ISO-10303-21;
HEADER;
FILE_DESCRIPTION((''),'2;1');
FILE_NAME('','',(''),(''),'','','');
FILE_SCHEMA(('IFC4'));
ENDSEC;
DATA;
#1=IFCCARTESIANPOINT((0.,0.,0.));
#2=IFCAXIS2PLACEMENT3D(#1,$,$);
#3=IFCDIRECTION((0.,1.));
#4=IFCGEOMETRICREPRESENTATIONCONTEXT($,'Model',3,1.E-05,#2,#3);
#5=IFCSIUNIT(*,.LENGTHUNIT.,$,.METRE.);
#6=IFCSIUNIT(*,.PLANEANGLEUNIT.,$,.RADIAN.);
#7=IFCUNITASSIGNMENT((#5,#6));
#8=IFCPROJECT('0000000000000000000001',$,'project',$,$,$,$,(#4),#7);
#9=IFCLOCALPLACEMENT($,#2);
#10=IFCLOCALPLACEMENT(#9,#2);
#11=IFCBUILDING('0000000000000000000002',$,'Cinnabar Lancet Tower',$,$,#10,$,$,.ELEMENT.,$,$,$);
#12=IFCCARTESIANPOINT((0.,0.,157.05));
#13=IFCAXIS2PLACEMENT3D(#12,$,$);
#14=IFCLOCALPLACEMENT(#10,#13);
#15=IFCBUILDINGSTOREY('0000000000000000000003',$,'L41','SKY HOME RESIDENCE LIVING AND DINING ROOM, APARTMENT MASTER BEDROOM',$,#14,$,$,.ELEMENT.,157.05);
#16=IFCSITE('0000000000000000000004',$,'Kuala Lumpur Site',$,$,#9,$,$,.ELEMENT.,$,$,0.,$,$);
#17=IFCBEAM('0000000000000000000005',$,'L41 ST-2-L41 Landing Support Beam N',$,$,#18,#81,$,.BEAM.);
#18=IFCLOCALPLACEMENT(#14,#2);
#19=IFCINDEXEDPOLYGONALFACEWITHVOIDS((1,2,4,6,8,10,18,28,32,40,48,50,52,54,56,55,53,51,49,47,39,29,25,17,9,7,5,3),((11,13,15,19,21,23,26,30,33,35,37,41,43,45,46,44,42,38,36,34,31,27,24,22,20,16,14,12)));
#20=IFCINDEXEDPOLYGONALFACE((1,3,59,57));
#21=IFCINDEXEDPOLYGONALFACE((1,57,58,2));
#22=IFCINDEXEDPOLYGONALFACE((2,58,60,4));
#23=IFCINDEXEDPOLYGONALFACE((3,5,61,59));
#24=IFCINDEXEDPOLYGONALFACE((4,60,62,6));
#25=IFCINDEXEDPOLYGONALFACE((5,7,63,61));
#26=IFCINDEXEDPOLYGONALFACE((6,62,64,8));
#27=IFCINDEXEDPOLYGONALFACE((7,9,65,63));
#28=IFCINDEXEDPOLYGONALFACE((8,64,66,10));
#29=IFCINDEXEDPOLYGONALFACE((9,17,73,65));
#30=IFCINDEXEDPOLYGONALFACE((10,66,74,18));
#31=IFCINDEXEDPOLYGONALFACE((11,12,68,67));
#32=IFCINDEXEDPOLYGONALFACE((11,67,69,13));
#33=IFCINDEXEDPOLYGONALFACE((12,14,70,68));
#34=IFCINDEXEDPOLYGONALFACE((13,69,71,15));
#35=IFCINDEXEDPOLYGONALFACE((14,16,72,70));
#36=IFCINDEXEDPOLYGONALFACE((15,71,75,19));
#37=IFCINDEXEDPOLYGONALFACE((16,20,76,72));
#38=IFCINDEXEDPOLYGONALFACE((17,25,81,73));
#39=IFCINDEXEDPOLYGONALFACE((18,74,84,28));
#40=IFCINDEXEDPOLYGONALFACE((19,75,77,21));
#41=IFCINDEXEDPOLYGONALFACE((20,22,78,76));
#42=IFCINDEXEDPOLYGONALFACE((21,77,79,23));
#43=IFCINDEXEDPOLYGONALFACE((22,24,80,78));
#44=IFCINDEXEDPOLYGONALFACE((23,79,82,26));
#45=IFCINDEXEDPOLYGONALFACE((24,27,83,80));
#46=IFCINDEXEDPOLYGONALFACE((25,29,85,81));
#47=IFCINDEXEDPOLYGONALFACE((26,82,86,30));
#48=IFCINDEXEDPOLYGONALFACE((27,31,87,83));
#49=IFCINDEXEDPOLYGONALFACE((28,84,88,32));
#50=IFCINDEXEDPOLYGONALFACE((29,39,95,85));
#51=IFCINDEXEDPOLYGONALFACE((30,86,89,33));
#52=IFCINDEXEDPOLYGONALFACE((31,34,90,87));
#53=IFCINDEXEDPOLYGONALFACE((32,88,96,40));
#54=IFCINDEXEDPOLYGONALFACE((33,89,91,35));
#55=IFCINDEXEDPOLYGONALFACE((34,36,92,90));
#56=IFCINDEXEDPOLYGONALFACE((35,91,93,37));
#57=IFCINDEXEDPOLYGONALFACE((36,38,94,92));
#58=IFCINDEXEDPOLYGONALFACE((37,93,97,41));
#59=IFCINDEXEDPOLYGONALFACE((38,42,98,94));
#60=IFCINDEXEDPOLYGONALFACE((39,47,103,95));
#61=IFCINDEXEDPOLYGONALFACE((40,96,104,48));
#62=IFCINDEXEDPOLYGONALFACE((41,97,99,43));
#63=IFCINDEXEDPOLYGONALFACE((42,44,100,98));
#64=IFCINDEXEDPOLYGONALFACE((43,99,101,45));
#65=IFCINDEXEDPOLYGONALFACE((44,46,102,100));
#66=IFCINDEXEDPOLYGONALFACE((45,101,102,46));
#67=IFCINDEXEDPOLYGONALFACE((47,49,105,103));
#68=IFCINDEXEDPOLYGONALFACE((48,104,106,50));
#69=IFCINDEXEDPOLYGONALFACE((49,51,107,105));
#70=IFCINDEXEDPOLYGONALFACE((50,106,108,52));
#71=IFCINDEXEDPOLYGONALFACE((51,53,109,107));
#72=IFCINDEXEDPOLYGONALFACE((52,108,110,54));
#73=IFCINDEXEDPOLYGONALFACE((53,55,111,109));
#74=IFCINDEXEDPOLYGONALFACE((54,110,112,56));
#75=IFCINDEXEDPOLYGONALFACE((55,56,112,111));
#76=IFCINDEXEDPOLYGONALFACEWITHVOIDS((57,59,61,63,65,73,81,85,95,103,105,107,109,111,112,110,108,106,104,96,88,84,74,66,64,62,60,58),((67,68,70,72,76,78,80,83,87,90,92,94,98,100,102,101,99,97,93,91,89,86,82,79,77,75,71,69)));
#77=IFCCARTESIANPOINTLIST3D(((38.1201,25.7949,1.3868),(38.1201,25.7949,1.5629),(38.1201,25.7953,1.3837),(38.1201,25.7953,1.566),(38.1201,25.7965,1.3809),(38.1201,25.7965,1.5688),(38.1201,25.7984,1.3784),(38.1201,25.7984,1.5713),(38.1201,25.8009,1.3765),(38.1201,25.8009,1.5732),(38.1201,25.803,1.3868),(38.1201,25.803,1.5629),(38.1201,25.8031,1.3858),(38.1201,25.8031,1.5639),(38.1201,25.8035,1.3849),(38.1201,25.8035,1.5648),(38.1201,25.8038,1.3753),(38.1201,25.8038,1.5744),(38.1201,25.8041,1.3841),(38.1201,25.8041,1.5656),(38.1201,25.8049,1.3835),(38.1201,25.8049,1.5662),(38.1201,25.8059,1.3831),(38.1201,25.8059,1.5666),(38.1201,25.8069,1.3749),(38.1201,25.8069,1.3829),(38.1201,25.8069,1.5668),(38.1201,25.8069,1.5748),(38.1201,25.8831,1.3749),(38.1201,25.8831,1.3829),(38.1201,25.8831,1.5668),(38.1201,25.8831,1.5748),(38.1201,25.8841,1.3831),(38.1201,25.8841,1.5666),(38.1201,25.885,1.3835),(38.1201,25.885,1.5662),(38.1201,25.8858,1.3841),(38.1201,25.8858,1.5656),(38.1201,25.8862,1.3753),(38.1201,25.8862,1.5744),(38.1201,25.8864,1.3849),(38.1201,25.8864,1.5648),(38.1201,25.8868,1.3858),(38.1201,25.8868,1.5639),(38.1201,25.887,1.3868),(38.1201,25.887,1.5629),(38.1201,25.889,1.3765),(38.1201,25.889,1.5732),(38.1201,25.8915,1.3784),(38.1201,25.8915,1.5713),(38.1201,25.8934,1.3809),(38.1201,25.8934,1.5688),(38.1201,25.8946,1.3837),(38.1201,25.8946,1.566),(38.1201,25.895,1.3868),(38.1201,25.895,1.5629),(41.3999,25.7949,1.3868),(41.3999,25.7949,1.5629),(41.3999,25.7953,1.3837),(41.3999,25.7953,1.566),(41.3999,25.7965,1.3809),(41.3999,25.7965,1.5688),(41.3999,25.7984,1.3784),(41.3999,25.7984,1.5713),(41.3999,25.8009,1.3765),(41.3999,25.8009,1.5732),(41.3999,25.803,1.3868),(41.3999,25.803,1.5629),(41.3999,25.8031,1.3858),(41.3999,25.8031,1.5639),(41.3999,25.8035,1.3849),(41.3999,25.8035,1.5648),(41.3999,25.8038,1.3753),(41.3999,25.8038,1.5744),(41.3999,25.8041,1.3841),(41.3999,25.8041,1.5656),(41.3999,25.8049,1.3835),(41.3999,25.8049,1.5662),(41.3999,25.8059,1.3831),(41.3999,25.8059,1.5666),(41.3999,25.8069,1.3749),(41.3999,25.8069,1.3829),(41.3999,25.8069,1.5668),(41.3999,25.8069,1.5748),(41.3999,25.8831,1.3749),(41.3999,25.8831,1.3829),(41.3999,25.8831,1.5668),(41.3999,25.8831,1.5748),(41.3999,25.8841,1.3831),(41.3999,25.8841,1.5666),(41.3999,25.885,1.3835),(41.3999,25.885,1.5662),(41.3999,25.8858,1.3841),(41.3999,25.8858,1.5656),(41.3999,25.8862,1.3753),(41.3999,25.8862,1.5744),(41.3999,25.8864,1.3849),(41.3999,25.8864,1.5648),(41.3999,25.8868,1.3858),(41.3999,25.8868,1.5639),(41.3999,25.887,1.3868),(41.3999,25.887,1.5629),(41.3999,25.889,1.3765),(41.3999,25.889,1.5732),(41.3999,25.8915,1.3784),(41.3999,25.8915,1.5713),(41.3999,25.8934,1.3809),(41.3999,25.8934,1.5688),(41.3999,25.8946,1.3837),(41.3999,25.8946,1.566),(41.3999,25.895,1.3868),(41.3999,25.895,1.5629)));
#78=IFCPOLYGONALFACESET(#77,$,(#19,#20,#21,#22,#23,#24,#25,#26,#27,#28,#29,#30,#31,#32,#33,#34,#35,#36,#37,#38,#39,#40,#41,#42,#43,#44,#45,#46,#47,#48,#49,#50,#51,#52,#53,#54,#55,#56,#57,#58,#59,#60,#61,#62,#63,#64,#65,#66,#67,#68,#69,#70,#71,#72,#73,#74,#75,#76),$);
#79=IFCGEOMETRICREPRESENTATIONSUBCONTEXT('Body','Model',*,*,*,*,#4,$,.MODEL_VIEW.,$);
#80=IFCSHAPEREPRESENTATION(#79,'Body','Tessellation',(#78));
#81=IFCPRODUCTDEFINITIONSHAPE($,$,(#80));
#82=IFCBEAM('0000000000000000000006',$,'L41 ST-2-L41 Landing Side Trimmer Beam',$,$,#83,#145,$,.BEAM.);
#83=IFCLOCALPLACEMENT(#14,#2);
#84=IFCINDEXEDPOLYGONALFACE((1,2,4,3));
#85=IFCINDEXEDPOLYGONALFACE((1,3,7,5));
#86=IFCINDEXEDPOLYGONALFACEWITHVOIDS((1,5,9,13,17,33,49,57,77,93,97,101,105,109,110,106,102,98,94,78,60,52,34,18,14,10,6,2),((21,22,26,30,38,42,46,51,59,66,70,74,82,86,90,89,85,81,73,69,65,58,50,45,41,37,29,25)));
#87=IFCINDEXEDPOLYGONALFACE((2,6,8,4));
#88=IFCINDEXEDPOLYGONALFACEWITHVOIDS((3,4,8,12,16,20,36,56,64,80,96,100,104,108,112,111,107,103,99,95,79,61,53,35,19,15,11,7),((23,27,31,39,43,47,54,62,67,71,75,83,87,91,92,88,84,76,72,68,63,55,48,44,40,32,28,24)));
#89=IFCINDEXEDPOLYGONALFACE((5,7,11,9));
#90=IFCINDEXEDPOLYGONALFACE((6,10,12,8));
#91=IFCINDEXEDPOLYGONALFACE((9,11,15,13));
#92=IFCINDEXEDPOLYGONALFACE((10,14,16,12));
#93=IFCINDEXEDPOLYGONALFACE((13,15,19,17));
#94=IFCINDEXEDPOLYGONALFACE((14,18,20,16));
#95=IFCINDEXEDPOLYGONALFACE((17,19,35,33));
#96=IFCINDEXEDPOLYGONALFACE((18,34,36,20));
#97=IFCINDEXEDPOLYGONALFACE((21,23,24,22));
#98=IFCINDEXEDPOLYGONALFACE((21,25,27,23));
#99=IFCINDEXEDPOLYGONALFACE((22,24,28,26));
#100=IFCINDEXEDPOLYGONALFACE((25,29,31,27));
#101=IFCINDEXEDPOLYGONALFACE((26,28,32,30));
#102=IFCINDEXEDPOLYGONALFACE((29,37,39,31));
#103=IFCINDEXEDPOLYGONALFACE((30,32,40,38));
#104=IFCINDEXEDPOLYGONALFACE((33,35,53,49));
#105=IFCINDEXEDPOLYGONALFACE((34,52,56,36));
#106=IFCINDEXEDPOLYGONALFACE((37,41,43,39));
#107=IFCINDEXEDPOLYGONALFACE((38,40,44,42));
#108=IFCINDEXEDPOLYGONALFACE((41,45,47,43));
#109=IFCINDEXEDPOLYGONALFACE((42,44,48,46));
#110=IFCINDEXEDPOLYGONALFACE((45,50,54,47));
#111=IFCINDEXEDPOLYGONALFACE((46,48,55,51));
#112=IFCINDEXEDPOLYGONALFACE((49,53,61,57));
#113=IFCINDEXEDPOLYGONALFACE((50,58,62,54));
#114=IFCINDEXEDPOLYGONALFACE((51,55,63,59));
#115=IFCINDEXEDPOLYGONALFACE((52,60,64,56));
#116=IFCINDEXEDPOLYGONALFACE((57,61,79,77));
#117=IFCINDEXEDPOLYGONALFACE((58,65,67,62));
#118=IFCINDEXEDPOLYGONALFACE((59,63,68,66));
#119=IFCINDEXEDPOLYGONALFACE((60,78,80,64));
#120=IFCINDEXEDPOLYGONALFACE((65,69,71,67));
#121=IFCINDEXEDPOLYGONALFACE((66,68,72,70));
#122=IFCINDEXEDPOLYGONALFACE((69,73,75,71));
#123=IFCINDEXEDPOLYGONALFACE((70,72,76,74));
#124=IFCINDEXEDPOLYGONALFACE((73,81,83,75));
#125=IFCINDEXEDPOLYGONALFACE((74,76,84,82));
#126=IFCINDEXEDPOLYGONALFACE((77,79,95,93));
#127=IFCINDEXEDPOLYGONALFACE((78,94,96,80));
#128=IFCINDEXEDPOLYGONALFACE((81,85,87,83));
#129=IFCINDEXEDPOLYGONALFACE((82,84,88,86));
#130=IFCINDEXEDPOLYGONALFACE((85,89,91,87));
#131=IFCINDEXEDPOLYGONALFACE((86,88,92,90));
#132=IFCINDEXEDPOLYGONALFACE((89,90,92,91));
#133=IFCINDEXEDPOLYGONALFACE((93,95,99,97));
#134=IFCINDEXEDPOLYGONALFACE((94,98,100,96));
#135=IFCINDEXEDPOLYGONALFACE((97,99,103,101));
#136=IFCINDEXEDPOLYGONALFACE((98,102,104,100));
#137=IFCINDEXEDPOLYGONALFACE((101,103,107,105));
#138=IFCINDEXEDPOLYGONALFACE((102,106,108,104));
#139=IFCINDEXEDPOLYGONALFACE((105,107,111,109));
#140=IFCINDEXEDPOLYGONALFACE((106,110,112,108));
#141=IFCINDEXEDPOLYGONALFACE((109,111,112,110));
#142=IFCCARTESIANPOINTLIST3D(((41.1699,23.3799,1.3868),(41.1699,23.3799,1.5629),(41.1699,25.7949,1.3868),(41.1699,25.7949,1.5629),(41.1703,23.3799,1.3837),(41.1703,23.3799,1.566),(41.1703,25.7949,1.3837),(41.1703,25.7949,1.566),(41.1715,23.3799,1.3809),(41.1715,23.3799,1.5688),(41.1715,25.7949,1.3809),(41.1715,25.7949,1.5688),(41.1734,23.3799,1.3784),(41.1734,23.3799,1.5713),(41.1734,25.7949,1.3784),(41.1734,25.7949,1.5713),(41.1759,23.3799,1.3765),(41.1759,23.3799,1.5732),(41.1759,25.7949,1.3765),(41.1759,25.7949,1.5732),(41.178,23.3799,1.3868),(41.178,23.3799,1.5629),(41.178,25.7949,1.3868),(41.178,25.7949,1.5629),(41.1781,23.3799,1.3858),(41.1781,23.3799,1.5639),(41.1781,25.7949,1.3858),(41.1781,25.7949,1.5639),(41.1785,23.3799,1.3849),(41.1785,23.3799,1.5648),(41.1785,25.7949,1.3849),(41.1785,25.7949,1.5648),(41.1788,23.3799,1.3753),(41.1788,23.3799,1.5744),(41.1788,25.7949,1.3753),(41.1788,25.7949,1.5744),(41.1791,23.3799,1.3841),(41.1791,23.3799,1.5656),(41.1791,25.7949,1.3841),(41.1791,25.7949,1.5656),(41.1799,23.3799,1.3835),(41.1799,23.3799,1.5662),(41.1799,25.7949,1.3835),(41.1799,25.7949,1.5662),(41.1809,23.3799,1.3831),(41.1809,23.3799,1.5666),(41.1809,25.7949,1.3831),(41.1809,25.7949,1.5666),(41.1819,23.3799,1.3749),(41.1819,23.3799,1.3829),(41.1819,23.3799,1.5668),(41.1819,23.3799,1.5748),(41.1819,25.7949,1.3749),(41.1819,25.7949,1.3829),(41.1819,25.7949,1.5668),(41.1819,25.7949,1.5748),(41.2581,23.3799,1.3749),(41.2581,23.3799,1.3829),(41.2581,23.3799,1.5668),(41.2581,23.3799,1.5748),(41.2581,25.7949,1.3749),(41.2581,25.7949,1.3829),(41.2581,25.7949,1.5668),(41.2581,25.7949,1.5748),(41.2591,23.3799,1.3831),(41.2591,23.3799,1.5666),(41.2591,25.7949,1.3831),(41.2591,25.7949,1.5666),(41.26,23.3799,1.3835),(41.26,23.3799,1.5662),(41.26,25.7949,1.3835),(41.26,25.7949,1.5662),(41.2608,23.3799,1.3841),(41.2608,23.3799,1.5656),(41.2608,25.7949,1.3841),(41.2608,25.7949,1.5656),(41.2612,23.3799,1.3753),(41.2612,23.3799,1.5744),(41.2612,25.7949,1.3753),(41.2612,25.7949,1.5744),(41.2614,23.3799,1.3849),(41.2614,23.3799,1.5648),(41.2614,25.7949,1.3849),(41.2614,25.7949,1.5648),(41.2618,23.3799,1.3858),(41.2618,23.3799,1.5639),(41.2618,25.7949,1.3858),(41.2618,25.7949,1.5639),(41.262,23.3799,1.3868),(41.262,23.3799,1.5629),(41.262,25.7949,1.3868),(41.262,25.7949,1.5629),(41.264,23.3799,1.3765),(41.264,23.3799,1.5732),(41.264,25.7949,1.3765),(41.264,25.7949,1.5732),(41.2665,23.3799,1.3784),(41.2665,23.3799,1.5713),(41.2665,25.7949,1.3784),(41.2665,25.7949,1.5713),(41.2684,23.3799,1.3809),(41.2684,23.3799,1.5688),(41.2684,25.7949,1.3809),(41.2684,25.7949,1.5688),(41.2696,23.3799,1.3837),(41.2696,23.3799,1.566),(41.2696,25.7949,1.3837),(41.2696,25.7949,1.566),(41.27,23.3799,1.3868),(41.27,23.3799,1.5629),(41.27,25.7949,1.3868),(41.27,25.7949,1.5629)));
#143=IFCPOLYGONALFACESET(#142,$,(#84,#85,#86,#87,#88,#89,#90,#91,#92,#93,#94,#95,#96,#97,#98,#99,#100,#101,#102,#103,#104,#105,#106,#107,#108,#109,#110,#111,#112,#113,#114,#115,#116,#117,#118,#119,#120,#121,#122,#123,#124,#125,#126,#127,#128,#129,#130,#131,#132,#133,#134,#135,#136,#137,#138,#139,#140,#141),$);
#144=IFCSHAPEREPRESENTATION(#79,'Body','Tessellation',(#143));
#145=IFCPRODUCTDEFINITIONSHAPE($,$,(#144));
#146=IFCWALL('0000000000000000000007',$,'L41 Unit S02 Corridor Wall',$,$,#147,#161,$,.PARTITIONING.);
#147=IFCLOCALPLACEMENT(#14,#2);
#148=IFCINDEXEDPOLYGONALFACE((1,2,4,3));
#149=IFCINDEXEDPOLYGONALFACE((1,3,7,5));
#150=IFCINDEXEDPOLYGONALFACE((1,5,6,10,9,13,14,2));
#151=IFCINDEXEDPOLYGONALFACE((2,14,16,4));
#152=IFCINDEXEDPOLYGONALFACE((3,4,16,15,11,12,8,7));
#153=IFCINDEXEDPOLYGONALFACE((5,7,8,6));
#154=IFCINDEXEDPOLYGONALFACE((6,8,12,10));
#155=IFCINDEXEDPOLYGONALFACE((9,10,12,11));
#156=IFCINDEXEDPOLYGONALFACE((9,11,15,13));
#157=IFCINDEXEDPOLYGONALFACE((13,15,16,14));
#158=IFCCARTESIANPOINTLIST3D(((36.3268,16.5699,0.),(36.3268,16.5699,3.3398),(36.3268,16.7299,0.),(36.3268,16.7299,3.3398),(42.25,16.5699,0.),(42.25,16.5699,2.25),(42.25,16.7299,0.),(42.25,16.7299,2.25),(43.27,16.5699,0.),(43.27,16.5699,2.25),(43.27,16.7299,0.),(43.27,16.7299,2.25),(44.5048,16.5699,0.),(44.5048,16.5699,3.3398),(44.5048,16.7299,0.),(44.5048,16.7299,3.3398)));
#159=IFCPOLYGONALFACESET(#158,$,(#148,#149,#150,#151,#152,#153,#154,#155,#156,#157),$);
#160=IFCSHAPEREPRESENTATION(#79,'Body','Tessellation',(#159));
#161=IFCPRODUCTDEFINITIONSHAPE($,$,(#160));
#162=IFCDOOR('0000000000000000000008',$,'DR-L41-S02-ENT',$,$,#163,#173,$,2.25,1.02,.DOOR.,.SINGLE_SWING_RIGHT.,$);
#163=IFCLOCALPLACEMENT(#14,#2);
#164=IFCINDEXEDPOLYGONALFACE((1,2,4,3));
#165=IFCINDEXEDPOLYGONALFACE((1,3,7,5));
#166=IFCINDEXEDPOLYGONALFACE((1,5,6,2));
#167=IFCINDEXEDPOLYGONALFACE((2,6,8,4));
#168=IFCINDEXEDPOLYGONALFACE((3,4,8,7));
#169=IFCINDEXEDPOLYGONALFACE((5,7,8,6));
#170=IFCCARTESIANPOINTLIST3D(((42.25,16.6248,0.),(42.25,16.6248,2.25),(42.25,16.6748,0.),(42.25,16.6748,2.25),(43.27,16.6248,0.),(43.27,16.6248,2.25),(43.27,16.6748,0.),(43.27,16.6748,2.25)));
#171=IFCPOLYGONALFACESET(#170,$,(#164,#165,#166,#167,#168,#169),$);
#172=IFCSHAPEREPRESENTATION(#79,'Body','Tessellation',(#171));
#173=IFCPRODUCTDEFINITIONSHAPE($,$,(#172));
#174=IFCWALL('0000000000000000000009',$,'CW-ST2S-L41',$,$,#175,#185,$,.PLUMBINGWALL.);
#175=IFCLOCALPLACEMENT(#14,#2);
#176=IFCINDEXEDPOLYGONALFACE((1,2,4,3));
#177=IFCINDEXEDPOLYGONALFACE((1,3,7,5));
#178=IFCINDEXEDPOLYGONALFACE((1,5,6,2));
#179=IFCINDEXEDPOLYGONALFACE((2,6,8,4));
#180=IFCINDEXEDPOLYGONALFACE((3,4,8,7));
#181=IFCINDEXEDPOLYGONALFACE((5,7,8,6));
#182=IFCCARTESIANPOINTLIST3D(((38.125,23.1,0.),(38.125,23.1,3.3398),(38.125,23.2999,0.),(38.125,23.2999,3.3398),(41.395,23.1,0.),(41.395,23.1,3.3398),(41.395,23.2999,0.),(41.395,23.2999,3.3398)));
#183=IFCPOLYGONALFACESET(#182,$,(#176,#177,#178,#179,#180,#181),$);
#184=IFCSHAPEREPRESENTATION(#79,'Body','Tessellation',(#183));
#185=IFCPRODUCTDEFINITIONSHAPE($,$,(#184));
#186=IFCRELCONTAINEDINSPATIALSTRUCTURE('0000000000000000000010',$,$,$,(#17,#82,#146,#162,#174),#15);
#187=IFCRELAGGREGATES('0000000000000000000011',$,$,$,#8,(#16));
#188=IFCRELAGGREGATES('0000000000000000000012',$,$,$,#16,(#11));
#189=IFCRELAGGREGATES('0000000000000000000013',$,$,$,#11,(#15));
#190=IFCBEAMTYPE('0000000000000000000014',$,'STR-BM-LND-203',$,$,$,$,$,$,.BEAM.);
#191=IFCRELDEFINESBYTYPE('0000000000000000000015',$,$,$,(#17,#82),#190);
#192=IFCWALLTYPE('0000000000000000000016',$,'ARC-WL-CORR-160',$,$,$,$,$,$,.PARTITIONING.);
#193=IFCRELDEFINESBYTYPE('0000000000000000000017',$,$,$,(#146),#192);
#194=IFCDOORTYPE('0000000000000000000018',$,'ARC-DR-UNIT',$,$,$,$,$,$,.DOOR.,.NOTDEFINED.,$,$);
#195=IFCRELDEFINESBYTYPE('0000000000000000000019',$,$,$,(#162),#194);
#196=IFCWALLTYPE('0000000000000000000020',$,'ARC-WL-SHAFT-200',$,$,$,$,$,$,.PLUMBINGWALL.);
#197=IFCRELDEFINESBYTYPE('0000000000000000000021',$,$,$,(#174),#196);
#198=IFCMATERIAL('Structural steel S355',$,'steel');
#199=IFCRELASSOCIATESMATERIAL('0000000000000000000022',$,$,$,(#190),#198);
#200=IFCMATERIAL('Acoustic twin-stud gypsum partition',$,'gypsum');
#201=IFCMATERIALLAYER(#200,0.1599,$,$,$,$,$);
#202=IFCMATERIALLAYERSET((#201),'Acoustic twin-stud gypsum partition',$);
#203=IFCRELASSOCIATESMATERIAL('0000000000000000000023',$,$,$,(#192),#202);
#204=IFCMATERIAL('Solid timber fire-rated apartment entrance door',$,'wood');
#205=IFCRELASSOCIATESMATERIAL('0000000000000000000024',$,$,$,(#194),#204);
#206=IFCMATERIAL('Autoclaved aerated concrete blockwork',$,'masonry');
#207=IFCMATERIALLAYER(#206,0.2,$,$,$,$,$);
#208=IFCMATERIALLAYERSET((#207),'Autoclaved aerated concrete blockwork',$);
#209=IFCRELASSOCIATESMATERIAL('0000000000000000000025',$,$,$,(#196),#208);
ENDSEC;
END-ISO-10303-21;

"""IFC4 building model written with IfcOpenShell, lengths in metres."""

from ifc_helpers import new_model, si_unit, direction, frame, frame_2d, origin, origin_2d, place, context, subcontext, project, spatial, rectangle, hollow_rectangle, extrude, material, layer, layer_set, material_profile, profile_set, type_object, element, fill, save


model = new_model("IFC4")

# Units and contexts
model_context = context("Model", 3, precision=1e-05, world=origin(), true_north=direction((0.0, 1.0)))
body_context = subcontext(model_context, "Body", "Model", "MODEL_VIEW")
ifc_project = project(units=[si_unit("LENGTHUNIT", "METRE"), si_unit("PLANEANGLEUNIT", "RADIAN")], contexts=[model_context])

# Site, building, storey
site_placement = place(None, origin())
site = spatial("IfcSite", under=ifc_project, at=site_placement, Name="Kuala Lumpur Site", CompositionType="ELEMENT", RefElevation=0.0)
building_placement = place(site_placement, origin())
building = spatial("IfcBuilding", under=site, at=building_placement, Name="Cinnabar Lancet Tower", CompositionType="ELEMENT")
storey_placement = place(building_placement, frame((0.0, 0.0, 157.05)))
storey = spatial("IfcBuildingStorey", under=building, at=storey_placement, Name="L41", Description="SKY HOME RESIDENCE LIVING AND DINING ROOM, APARTMENT MASTER BEDROOM", CompositionType="ELEMENT", Elevation=157.05)

# Beams
ifc_material_1 = material(Name="Structural steel S355", Category="steel")
ifc_material_profile_1 = material_profile(ifc_material_1, hollow_rectangle(XDim=0.1001, YDim=0.2, WallThickness=0.0081, InnerFilletRadius=0.0039, OuterFilletRadius=0.012, at=origin_2d()), Name="RHS 200x100x8")
ifc_profile_set_1 = profile_set([ifc_material_profile_1], Name="Structural steel S355")
beam_type_1 = type_object("IfcBeamType", Name="STR-BM-LND-203", PredefinedType="BEAM", material=ifc_profile_set_1)
for number, where, z_axis, x_axis, name in (
    (1, (38.1201, 25.845, 1.4749), (1.0, 0.0, 0.0), (0.0, 1.0, 0.0), "L41 ST-2-L41 Landing Support Beam N"),
):
    element("IfcBeam", number, at=place(storey_placement, frame(where, z_axis=z_axis, x_axis=x_axis)), inside=storey, type_object=beam_type_1, Name=name, PredefinedType="BEAM", context=body_context, shape_type="SweptSolid", body=[
        extrude(hollow_rectangle(XDim=0.1001, YDim=0.2, WallThickness=0.0081, InnerFilletRadius=0.0039, OuterFilletRadius=0.012, at=origin_2d()), origin(), (0.0, 0.0, 1.0), 3.2798),
    ])
beam_1_placement = place(storey_placement, frame((41.22, 23.3799, 1.4749), z_axis=(0.0, 1.0, 0.0), x_axis=(-1.0, 0.0, 0.0)))
element("IfcBeam", 2, at=beam_1_placement, inside=storey, type_object=beam_type_1, Name="L41 ST-2-L41 Landing Side Trimmer Beam", PredefinedType="BEAM", context=body_context, shape_type="SweptSolid", body=[
    extrude(hollow_rectangle(XDim=0.1001, YDim=0.2, WallThickness=0.0081, InnerFilletRadius=0.0039, OuterFilletRadius=0.012, at=origin_2d()), origin(), (0.0, 0.0, 1.0), 2.415),
])

# Wall, opening, door
ifc_material_2 = material(Name="Acoustic twin-stud gypsum partition", Category="gypsum")
ifc_layer_1 = layer(ifc_material_2, 0.1599)
ifc_layer_set_1 = layer_set([ifc_layer_1], Name="Acoustic twin-stud gypsum partition")
wall_type_1 = type_object("IfcWallType", Name="ARC-WL-CORR-160", PredefinedType="PARTITIONING", material=ifc_layer_set_1)
wall_1_placement = place(storey_placement, frame((36.3269, 16.6499, 0.0), z_axis=(0.0, 0.0, 1.0), x_axis=(1.0, 0.0, 0.0)))
wall_1 = element("IfcWall", 3, at=wall_1_placement, inside=storey, type_object=wall_type_1, Name="L41 Unit S02 Corridor Wall", PredefinedType="PARTITIONING", context=body_context, shape_type="SweptSolid", body=[
    extrude(rectangle(XDim=8.178, YDim=0.1599, at=frame_2d((4.0889, 0.0))), origin(), (0.0, 0.0, 1.0), 3.3398),
])
opening_1_placement = place(wall_1_placement, frame((5.9231, 0.0, 0.0)))
opening_1 = element("IfcOpeningElement", 4, at=opening_1_placement, cuts=wall_1, PredefinedType="OPENING", context=body_context, shape_type="SweptSolid", body=[
    extrude(rectangle(XDim=1.02, YDim=2.25, at=frame_2d((0.51, 1.125))), frame((0.0, 0.0898, 0.0), z_axis=(0.0, -1.0, 0.0), x_axis=(1.0, 0.0, 0.0)), (0.0, 0.0, 1.0), 0.1799),
])
ifc_material_3 = material(Name="Solid timber fire-rated apartment entrance door", Category="wood")
door_type_1 = type_object("IfcDoorType", Name="ARC-DR-UNIT", OperationType="NOTDEFINED", PredefinedType="DOOR", material=ifc_material_3)
door_1_placement = place(opening_1_placement, origin())
door_1 = element("IfcDoor", 5, at=door_1_placement, inside=storey, type_object=door_type_1, Name="DR-L41-S02-ENT", OperationType="SINGLE_SWING_RIGHT", OverallHeight=2.25, OverallWidth=1.02, PredefinedType="DOOR", context=body_context, shape_type="SweptSolid", body=[
    extrude(rectangle(XDim=1.02, YDim=2.25, at=frame_2d((0.51, 1.125))), frame((0.0, 0.0249, 0.0), z_axis=(0.0, -1.0, 0.0), x_axis=(1.0, 0.0, 0.0)), (0.0, 0.0, 1.0), 0.05),
])
fill(opening_1, door_1)

# Wall
ifc_material_4 = material(Name="Autoclaved aerated concrete blockwork", Category="masonry")
ifc_layer_2 = layer(ifc_material_4, 0.2)
ifc_layer_set_2 = layer_set([ifc_layer_2], Name="Autoclaved aerated concrete blockwork")
wall_type_2 = type_object("IfcWallType", Name="ARC-WL-SHAFT-200", PredefinedType="PLUMBINGWALL", material=ifc_layer_set_2)
wall_2_placement = place(storey_placement, frame((38.125, 23.2, 0.0), z_axis=(0.0, 0.0, 1.0), x_axis=(1.0, 0.0, 0.0)))
element("IfcWall", 6, at=wall_2_placement, inside=storey, type_object=wall_type_2, Name="CW-ST2S-L41", PredefinedType="PLUMBINGWALL", context=body_context, shape_type="SweptSolid", body=[
    extrude(rectangle(XDim=3.27, YDim=0.2, at=frame_2d((1.635, 0.0))), origin(), (0.0, 0.0, 1.0), 3.3398),
])

save(model, "model.ifc")
